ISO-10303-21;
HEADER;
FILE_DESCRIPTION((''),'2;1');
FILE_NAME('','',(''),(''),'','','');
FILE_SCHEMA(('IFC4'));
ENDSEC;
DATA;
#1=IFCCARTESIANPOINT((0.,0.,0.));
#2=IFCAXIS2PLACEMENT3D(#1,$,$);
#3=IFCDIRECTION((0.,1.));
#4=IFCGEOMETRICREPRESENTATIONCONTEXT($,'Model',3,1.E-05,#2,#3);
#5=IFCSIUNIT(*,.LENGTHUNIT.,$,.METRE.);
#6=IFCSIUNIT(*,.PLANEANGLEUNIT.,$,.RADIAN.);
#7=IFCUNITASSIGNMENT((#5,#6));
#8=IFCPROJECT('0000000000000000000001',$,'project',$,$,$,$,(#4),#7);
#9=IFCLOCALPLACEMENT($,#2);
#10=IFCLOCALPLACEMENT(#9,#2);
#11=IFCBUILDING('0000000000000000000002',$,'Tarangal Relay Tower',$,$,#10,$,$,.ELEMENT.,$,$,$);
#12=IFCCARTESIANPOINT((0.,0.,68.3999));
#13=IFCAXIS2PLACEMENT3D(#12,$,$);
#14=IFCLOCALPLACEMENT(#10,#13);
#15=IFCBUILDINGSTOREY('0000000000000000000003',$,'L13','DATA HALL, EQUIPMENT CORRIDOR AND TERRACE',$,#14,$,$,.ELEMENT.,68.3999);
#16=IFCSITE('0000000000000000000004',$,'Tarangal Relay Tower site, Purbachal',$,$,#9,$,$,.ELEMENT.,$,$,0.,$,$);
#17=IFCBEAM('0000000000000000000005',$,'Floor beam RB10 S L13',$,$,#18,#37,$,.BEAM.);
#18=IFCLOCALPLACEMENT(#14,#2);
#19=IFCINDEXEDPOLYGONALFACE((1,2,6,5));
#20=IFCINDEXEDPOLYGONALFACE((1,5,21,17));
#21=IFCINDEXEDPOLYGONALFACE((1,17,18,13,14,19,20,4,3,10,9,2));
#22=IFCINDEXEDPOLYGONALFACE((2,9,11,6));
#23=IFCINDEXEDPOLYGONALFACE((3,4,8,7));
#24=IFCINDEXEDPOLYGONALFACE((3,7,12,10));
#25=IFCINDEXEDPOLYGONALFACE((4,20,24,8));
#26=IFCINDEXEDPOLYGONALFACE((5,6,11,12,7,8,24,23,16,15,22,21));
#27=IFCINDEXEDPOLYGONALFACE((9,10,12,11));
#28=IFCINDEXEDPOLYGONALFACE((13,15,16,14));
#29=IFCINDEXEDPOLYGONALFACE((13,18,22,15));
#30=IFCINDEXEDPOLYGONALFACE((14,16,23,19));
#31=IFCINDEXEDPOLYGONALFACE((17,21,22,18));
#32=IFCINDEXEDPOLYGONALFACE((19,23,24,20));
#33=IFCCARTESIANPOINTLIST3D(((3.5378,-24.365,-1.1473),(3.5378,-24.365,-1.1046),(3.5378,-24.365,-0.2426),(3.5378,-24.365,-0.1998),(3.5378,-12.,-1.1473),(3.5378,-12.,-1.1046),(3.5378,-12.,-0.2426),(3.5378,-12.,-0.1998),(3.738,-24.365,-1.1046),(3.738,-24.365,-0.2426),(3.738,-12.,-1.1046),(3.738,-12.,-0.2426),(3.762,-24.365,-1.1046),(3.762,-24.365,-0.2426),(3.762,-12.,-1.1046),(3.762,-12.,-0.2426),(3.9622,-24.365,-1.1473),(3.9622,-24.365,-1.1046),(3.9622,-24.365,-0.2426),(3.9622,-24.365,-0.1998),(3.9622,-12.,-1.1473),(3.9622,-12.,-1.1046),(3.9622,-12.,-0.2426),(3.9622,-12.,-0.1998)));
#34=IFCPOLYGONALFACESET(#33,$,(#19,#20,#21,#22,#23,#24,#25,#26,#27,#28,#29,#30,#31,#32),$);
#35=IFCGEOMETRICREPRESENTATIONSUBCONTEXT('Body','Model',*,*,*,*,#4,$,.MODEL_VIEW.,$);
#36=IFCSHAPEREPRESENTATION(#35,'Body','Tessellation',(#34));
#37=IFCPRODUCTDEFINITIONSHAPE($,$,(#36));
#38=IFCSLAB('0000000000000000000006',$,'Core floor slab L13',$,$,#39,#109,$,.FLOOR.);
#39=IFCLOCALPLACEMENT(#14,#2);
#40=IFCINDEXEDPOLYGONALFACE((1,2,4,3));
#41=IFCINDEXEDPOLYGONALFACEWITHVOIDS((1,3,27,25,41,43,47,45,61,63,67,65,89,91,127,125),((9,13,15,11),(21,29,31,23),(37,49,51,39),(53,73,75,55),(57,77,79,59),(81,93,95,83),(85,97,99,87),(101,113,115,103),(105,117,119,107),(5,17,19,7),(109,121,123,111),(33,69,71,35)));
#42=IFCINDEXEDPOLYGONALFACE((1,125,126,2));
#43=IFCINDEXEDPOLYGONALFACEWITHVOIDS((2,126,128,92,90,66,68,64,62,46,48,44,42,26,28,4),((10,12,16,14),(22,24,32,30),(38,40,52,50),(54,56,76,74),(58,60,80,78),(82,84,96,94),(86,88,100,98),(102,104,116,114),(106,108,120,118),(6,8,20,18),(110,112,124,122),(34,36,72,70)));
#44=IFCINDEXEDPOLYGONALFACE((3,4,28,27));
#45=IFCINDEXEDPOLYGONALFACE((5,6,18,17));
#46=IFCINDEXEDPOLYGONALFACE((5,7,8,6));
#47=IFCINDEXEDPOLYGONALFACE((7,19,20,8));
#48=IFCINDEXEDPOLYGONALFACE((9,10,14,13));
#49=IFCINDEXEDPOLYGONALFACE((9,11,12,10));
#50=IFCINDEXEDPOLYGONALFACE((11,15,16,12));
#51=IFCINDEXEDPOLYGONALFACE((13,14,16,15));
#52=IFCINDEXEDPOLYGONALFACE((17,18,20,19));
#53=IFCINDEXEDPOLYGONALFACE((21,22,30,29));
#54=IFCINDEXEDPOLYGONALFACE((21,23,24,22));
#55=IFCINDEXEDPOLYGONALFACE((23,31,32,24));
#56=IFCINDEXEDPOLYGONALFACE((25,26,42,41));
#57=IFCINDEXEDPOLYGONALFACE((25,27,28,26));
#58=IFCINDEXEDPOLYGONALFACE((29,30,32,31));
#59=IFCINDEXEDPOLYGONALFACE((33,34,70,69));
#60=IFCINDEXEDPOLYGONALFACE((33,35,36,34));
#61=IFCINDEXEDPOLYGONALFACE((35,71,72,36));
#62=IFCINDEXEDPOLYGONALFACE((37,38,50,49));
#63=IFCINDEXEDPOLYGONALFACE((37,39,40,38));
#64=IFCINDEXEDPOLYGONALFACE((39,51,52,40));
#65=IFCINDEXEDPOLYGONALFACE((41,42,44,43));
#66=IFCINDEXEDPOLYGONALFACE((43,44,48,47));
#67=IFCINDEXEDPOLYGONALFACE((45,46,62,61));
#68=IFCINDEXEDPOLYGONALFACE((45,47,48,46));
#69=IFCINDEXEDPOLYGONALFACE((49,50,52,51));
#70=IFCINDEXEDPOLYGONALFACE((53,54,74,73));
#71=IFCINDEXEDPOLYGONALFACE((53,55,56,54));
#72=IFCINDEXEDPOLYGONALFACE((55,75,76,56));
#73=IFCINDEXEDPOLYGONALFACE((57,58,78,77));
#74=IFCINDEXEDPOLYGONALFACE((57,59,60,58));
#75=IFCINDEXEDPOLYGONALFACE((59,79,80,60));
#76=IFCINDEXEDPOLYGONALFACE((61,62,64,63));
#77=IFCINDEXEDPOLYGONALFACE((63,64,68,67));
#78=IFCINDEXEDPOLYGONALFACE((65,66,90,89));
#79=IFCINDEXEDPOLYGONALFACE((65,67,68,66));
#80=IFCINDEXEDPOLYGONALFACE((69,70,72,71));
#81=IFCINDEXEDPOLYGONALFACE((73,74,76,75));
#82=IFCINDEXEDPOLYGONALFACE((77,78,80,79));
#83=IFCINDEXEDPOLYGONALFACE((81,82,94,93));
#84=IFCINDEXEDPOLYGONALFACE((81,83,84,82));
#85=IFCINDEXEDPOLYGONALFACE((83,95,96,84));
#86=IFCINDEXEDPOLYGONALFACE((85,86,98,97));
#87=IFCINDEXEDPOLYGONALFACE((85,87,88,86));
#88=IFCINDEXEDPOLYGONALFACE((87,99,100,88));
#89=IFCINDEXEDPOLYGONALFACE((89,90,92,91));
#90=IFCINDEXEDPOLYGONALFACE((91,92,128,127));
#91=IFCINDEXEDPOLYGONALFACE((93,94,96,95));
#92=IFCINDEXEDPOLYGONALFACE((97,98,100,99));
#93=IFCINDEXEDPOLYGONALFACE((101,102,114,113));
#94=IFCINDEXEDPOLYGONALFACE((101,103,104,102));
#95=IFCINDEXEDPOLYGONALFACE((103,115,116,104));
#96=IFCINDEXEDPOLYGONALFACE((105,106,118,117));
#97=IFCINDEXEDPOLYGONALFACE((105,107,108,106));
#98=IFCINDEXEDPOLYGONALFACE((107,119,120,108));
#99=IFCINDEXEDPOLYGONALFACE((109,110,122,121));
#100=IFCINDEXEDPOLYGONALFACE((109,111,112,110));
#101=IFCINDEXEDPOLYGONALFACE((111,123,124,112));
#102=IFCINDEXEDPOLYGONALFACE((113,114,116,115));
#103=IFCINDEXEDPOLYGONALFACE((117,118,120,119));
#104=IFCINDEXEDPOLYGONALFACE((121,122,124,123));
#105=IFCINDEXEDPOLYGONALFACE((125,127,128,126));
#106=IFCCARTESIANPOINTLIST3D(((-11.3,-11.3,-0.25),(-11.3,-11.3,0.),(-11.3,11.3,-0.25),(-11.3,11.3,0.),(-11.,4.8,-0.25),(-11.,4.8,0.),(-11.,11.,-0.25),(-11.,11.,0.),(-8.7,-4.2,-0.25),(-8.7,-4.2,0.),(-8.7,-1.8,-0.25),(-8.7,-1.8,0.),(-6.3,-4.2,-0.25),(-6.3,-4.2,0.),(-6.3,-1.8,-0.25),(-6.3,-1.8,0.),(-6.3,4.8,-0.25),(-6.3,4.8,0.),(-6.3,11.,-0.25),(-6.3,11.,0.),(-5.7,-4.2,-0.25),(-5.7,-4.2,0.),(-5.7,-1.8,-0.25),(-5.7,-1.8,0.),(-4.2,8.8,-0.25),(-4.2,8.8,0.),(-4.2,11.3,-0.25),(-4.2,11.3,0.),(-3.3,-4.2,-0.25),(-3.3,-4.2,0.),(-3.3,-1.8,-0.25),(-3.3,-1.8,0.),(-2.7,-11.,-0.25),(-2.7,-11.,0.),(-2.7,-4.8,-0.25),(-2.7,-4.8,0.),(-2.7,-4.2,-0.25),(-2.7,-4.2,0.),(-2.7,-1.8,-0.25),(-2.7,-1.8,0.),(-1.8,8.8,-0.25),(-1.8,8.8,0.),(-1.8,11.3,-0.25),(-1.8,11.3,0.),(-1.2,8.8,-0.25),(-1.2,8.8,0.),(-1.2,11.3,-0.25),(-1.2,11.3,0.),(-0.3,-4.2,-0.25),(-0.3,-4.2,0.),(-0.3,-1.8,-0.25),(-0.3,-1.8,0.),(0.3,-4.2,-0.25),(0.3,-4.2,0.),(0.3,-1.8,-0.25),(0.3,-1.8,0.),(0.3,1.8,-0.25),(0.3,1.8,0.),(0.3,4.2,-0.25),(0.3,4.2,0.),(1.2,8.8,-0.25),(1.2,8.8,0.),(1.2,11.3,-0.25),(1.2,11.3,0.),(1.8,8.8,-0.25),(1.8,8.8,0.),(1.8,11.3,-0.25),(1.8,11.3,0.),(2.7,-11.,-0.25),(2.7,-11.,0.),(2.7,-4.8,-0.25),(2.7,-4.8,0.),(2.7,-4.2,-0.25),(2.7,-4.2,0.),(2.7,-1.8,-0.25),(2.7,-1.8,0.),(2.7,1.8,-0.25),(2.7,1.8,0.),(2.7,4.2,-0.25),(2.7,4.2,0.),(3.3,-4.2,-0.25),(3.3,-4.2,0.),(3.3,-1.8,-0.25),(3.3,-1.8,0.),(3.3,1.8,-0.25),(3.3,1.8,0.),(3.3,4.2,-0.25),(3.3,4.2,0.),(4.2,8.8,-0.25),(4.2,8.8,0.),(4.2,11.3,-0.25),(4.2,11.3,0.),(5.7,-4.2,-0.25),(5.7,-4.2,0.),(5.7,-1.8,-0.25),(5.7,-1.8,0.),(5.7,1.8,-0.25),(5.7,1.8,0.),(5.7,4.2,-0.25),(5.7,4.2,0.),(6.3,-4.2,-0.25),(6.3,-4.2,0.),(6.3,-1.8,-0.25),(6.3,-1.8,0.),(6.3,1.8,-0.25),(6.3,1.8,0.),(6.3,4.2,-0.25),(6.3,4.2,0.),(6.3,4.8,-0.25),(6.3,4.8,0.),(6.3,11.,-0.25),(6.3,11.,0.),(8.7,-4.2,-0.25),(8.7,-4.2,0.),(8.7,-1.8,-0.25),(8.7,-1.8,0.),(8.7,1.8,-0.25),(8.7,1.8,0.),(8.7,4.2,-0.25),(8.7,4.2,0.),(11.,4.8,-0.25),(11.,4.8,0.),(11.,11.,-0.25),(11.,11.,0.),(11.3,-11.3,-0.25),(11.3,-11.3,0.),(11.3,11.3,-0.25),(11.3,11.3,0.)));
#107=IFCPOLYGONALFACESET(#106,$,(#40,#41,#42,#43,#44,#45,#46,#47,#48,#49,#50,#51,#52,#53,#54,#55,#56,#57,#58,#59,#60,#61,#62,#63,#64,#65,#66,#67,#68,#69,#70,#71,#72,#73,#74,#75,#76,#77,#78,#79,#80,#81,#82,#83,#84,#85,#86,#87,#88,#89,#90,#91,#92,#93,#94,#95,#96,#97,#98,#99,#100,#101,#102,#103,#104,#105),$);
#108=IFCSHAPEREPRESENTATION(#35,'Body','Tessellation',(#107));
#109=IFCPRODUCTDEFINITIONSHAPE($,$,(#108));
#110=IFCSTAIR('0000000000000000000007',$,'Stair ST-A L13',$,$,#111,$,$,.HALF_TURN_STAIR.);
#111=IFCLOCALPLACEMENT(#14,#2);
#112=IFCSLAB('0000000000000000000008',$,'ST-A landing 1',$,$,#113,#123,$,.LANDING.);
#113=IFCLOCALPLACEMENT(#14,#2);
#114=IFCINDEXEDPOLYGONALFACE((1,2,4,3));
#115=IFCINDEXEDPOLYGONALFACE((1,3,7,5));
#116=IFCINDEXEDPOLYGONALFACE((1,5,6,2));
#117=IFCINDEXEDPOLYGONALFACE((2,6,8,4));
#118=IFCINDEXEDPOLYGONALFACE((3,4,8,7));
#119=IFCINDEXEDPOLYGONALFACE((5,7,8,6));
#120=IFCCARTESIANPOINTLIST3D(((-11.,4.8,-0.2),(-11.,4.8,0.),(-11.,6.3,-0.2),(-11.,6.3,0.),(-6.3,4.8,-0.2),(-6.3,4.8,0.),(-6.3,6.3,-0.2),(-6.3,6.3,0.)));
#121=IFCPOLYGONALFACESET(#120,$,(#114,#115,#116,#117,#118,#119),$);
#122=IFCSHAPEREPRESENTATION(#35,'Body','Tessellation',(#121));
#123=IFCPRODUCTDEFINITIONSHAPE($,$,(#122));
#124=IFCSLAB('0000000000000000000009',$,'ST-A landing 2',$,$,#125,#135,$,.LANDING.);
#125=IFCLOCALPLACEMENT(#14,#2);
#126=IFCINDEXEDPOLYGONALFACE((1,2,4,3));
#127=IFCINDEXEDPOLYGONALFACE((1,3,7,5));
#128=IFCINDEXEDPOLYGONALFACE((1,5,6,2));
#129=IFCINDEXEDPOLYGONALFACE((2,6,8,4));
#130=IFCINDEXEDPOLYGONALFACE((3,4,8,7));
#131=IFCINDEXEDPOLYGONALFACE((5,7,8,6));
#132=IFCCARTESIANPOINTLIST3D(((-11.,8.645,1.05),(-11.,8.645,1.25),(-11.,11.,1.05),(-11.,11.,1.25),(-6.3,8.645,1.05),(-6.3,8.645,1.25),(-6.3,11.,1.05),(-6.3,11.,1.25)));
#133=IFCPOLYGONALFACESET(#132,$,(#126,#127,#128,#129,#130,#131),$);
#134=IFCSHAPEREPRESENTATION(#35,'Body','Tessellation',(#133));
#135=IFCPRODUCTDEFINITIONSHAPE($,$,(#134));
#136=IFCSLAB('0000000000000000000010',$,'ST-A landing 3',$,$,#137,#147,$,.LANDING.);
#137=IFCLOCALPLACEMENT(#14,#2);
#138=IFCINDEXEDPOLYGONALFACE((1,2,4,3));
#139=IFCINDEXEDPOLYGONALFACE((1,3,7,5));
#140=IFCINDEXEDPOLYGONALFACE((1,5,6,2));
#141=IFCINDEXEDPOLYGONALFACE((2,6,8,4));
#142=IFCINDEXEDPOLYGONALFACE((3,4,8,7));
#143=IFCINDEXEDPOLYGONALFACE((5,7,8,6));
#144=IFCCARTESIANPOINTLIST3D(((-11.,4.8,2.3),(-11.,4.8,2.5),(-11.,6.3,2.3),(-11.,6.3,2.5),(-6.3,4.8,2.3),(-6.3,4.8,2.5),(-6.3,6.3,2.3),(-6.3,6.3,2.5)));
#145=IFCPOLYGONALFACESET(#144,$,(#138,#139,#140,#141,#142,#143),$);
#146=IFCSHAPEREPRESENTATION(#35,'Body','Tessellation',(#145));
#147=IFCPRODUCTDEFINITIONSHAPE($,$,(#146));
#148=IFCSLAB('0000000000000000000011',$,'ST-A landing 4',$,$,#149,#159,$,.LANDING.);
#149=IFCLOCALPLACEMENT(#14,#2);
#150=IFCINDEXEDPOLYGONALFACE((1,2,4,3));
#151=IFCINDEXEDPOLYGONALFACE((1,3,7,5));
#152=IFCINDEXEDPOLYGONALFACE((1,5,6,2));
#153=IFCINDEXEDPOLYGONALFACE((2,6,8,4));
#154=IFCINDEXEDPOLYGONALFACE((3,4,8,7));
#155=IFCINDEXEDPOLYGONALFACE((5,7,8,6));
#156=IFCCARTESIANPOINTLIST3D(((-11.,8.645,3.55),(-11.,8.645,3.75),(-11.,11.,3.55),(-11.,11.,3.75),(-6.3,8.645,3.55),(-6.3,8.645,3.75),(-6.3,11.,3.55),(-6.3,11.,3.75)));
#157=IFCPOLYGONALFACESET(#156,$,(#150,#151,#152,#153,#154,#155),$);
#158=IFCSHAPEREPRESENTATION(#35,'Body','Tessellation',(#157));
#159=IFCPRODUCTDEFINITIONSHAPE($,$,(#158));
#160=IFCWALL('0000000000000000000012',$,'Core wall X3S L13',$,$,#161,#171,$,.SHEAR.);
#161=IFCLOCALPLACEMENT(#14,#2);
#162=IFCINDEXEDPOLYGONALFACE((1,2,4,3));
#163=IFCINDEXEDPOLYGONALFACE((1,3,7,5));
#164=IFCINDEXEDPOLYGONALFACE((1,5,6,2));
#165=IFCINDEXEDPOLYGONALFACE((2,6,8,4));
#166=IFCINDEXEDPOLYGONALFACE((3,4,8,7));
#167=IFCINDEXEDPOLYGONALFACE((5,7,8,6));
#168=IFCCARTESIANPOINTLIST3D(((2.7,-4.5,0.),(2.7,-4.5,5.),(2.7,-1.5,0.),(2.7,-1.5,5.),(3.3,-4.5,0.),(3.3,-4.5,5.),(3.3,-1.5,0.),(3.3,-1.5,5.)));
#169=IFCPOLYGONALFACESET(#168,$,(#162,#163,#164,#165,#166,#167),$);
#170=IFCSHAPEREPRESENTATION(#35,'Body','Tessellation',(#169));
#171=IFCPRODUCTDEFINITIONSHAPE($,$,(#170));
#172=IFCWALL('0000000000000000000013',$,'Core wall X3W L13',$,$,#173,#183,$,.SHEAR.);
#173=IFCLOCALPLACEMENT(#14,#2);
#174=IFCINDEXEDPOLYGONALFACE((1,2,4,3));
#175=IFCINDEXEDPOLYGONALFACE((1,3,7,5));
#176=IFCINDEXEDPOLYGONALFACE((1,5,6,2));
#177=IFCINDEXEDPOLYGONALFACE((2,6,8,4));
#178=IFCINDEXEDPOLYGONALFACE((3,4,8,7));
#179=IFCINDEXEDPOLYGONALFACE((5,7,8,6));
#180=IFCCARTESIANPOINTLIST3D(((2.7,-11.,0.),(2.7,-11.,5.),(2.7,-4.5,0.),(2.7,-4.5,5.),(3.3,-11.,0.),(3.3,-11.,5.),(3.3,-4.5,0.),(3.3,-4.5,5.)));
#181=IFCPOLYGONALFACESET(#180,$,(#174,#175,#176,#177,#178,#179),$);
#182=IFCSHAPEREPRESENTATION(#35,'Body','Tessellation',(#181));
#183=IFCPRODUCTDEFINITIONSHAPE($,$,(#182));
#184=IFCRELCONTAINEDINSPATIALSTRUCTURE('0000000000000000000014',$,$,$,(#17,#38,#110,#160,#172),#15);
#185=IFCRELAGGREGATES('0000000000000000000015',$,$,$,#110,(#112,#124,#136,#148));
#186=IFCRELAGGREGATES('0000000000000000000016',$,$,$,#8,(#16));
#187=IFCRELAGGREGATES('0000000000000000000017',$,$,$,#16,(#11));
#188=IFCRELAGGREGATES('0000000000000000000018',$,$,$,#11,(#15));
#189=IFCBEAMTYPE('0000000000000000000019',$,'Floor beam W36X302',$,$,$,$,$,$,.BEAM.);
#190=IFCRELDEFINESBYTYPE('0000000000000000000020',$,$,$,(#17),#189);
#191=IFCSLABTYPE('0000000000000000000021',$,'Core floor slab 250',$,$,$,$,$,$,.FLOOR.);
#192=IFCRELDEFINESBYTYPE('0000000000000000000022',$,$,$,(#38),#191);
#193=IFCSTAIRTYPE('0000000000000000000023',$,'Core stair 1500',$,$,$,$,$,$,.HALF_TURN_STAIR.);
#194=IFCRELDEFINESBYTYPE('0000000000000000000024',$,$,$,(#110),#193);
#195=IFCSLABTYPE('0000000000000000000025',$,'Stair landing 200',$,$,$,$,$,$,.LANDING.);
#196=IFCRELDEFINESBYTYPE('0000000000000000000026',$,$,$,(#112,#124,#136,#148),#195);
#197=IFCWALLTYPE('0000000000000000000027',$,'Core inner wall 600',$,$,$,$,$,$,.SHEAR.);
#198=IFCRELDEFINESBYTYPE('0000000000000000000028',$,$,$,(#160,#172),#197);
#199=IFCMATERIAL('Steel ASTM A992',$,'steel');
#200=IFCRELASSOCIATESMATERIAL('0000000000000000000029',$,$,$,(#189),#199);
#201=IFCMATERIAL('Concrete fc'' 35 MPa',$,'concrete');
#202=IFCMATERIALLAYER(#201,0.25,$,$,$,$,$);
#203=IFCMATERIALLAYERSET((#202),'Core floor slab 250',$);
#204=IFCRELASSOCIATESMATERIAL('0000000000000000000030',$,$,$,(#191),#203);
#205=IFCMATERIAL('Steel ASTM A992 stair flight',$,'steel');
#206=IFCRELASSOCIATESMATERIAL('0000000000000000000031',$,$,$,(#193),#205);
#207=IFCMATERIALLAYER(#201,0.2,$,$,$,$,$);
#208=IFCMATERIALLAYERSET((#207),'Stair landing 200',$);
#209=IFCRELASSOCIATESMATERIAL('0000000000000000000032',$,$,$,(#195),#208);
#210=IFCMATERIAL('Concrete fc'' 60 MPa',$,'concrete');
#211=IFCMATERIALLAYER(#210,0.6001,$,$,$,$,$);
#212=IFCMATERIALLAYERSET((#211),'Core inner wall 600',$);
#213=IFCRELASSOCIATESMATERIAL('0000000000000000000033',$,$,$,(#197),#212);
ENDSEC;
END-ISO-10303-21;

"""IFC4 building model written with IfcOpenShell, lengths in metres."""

from ifc_helpers import new_model, si_unit, direction, frame, frame_2d, origin, origin_2d, place, context, subcontext, project, spatial, polyline, rectangle, i_section, outline, extrude, material, layer, layer_set, material_profile, profile_set, type_object, element, aggregate, save


model = new_model("IFC4")

# Units and contexts
model_context = context("Model", 3, precision=1e-05, world=origin(), true_north=direction((0.0, 1.0)))
body_context = subcontext(model_context, "Body", "Model", "MODEL_VIEW")
ifc_project = project(units=[si_unit("LENGTHUNIT", "METRE"), si_unit("PLANEANGLEUNIT", "RADIAN")], contexts=[model_context])

# Site, building, storey
site_placement = place(None, origin())
site = spatial("IfcSite", under=ifc_project, at=site_placement, Name="Tarangal Relay Tower site, Purbachal", CompositionType="ELEMENT", RefElevation=0.0)
building_placement = place(site_placement, origin())
building = spatial("IfcBuilding", under=site, at=building_placement, Name="Tarangal Relay Tower", CompositionType="ELEMENT")
storey_placement = place(building_placement, frame((0.0, 0.0, 68.3999)))
storey = spatial("IfcBuildingStorey", under=building, at=storey_placement, Name="L13", Description="DATA HALL, EQUIPMENT CORRIDOR AND TERRACE", CompositionType="ELEMENT", Elevation=68.3999)

# Beam
ifc_material_1 = material(Name="Steel ASTM A992", Category="steel")
ifc_material_profile = material_profile(ifc_material_1, i_section(OverallWidth=0.4243, OverallDepth=0.9475, WebThickness=0.0239, FlangeThickness=0.0427, at=origin_2d()), Name="W36X302")
ifc_profile_set = profile_set([ifc_material_profile], Name="Steel ASTM A992")
beam_type = type_object("IfcBeamType", Name="Floor beam W36X302", PredefinedType="BEAM", material=ifc_profile_set)
beam_placement = place(storey_placement, frame((3.75, -12.0, -0.6736), z_axis=(0.0, -1.0, 0.0), x_axis=(1.0, 0.0, 0.0)))
element("IfcBeam", 1, at=beam_placement, inside=storey, type_object=beam_type, Name="Floor beam RB10 S L13", PredefinedType="BEAM", context=body_context, shape_type="SweptSolid", body=[
    extrude(i_section(OverallWidth=0.4243, OverallDepth=0.9475, WebThickness=0.0239, FlangeThickness=0.0427, at=origin_2d()), origin(), (0.0, 0.0, 1.0), 12.365),
])

# Slab
ifc_material_2 = material(Name="Concrete fc' 35 MPa", Category="concrete")
ifc_layer_1 = layer(ifc_material_2, 0.25)
ifc_layer_set_1 = layer_set([ifc_layer_1], Name="Core floor slab 250")
slab_type_1 = type_object("IfcSlabType", Name="Core floor slab 250", PredefinedType="FLOOR", material=ifc_layer_set_1)
slab_1_placement = place(storey_placement, frame((0.0, 0.0, -0.25)))
element("IfcSlab", 2, at=slab_1_placement, inside=storey, type_object=slab_type_1, Name="Core floor slab L13", PredefinedType="FLOOR", context=body_context, shape_type="SweptSolid", body=[
    extrude(outline(polyline([(11.3, 11.3), (11.3, -11.3), (-11.3, -11.3), (-11.3, 11.3), (-4.2, 11.3), (-4.2, 8.8), (-1.8, 8.8), (-1.8, 11.3), (-1.2, 11.3), (-1.2, 8.8), (1.2, 8.8), (1.2, 11.3), (1.8, 11.3), (1.8, 8.8), (4.2, 8.8), (4.2, 11.3), (11.3, 11.3)]), holes=[polyline([(2.7, -4.8), (-2.7, -4.8), (-2.7, -11.0), (2.7, -11.0), (2.7, -4.8)]), polyline([(-6.3, -4.2), (-6.3, -1.8), (-8.7, -1.8), (-8.7, -4.2), (-6.3, -4.2)]), polyline([(-3.3, -4.2), (-3.3, -1.8), (-5.7, -1.8), (-5.7, -4.2), (-3.3, -4.2)]), polyline([(-0.3, -4.2), (-0.3, -1.8), (-2.7, -1.8), (-2.7, -4.2), (-0.3, -4.2)]), polyline([(2.7, 1.8), (2.7, 4.2), (0.3, 4.2), (0.3, 1.8), (2.7, 1.8)]), polyline([(-6.3, 4.8), (-6.3, 11.0), (-11.0, 11.0), (-11.0, 4.8), (-6.3, 4.8)]), polyline([(2.7, -4.2), (2.7, -1.8), (0.3, -1.8), (0.3, -4.2), (2.7, -4.2)]), polyline([(5.7, -4.2), (5.7, -1.8), (3.3, -1.8), (3.3, -4.2), (5.7, -4.2)]), polyline([(8.7, -4.2), (8.7, -1.8), (6.3, -1.8), (6.3, -4.2), (8.7, -4.2)]), polyline([(5.7, 1.8), (5.7, 4.2), (3.3, 4.2), (3.3, 1.8), (5.7, 1.8)]), polyline([(8.7, 1.8), (8.7, 4.2), (6.3, 4.2), (6.3, 1.8), (8.7, 1.8)]), polyline([(11.0, 4.8), (11.0, 11.0), (6.3, 11.0), (6.3, 4.8), (11.0, 4.8)])]), origin(), (0.0, 0.0, 1.0), 0.25),
])

# Stair, slabs
ifc_material_3 = material(Name="Steel ASTM A992 stair flight", Category="steel")
stair_type = type_object("IfcStairType", Name="Core stair 1500", PredefinedType="HALF_TURN_STAIR", material=ifc_material_3)
stair_1_placement = place(storey_placement, origin())
stair_1 = element("IfcStair", 3, at=stair_1_placement, inside=storey, type_object=stair_type, Name="Stair ST-A L13", PredefinedType="HALF_TURN_STAIR")
ifc_layer_2 = layer(ifc_material_2, 0.2)
ifc_layer_set_2 = layer_set([ifc_layer_2], Name="Stair landing 200")
slab_type_2 = type_object("IfcSlabType", Name="Stair landing 200", PredefinedType="LANDING", material=ifc_layer_set_2)
slab_2_placement = place(storey_placement, frame((0.0, 0.0, -0.2)))
slab_2 = element("IfcSlab", 4, at=slab_2_placement, type_object=slab_type_2, Name="ST-A landing 1", PredefinedType="LANDING", context=body_context, shape_type="SweptSolid", body=[
    extrude(outline(polyline([(-11.0, 4.8), (-6.3, 4.8), (-6.3, 6.3), (-11.0, 6.3), (-11.0, 4.8)])), origin(), (0.0, 0.0, 1.0), 0.2),
])
slab_3_placement = place(storey_placement, frame((0.0, 0.0, 1.05)))
slab_3 = element("IfcSlab", 5, at=slab_3_placement, type_object=slab_type_2, Name="ST-A landing 2", PredefinedType="LANDING", context=body_context, shape_type="SweptSolid", body=[
    extrude(outline(polyline([(-11.0, 8.645), (-6.3, 8.645), (-6.3, 11.0), (-11.0, 11.0), (-11.0, 8.645)])), origin(), (0.0, 0.0, 1.0), 0.2),
])
slab_4_placement = place(storey_placement, frame((0.0, 0.0, 2.3)))
slab_4 = element("IfcSlab", 6, at=slab_4_placement, type_object=slab_type_2, Name="ST-A landing 3", PredefinedType="LANDING", context=body_context, shape_type="SweptSolid", body=[
    extrude(outline(polyline([(-11.0, 4.8), (-6.3, 4.8), (-6.3, 6.3), (-11.0, 6.3), (-11.0, 4.8)])), origin(), (0.0, 0.0, 1.0), 0.2),
])
slab_5_placement = place(storey_placement, frame((0.0, 0.0, 3.55)))
slab_5 = element("IfcSlab", 7, at=slab_5_placement, type_object=slab_type_2, Name="ST-A landing 4", PredefinedType="LANDING", context=body_context, shape_type="SweptSolid", body=[
    extrude(outline(polyline([(-11.0, 8.645), (-6.3, 8.645), (-6.3, 11.0), (-11.0, 11.0), (-11.0, 8.645)])), origin(), (0.0, 0.0, 1.0), 0.2),
])
aggregate(stair_1, [slab_2, slab_3, slab_4, slab_5])

# Walls
ifc_material_4 = material(Name="Concrete fc' 60 MPa", Category="concrete")
ifc_layer_3 = layer(ifc_material_4, 0.6001)
ifc_layer_set_3 = layer_set([ifc_layer_3], Name="Core inner wall 600")
wall_type_1 = type_object("IfcWallType", Name="Core inner wall 600", PredefinedType="SHEAR", material=ifc_layer_set_3)
wall_1_placement = place(storey_placement, frame((3.0, -4.5, 0.0), z_axis=(0.0, 0.0, 1.0), x_axis=(0.0, 1.0, 0.0)))
element("IfcWall", 8, at=wall_1_placement, inside=storey, type_object=wall_type_1, Name="Core wall X3S L13", PredefinedType="SHEAR", context=body_context, shape_type="SweptSolid", body=[
    extrude(rectangle(XDim=3.0, YDim=0.6001, at=frame_2d((1.5, 0.0))), origin(), (0.0, 0.0, 1.0), 5.0),
])
wall_2_placement = place(storey_placement, frame((3.0, -11.0, 0.0), z_axis=(0.0, 0.0, 1.0), x_axis=(0.0, 1.0, 0.0)))
element("IfcWall", 9, at=wall_2_placement, inside=storey, type_object=wall_type_1, Name="Core wall X3W L13", PredefinedType="SHEAR", context=body_context, shape_type="SweptSolid", body=[
    extrude(rectangle(XDim=6.5, YDim=0.6001, at=frame_2d((3.25, 0.0))), origin(), (0.0, 0.0, 1.0), 5.0),
])

save(model, "model.ifc")
